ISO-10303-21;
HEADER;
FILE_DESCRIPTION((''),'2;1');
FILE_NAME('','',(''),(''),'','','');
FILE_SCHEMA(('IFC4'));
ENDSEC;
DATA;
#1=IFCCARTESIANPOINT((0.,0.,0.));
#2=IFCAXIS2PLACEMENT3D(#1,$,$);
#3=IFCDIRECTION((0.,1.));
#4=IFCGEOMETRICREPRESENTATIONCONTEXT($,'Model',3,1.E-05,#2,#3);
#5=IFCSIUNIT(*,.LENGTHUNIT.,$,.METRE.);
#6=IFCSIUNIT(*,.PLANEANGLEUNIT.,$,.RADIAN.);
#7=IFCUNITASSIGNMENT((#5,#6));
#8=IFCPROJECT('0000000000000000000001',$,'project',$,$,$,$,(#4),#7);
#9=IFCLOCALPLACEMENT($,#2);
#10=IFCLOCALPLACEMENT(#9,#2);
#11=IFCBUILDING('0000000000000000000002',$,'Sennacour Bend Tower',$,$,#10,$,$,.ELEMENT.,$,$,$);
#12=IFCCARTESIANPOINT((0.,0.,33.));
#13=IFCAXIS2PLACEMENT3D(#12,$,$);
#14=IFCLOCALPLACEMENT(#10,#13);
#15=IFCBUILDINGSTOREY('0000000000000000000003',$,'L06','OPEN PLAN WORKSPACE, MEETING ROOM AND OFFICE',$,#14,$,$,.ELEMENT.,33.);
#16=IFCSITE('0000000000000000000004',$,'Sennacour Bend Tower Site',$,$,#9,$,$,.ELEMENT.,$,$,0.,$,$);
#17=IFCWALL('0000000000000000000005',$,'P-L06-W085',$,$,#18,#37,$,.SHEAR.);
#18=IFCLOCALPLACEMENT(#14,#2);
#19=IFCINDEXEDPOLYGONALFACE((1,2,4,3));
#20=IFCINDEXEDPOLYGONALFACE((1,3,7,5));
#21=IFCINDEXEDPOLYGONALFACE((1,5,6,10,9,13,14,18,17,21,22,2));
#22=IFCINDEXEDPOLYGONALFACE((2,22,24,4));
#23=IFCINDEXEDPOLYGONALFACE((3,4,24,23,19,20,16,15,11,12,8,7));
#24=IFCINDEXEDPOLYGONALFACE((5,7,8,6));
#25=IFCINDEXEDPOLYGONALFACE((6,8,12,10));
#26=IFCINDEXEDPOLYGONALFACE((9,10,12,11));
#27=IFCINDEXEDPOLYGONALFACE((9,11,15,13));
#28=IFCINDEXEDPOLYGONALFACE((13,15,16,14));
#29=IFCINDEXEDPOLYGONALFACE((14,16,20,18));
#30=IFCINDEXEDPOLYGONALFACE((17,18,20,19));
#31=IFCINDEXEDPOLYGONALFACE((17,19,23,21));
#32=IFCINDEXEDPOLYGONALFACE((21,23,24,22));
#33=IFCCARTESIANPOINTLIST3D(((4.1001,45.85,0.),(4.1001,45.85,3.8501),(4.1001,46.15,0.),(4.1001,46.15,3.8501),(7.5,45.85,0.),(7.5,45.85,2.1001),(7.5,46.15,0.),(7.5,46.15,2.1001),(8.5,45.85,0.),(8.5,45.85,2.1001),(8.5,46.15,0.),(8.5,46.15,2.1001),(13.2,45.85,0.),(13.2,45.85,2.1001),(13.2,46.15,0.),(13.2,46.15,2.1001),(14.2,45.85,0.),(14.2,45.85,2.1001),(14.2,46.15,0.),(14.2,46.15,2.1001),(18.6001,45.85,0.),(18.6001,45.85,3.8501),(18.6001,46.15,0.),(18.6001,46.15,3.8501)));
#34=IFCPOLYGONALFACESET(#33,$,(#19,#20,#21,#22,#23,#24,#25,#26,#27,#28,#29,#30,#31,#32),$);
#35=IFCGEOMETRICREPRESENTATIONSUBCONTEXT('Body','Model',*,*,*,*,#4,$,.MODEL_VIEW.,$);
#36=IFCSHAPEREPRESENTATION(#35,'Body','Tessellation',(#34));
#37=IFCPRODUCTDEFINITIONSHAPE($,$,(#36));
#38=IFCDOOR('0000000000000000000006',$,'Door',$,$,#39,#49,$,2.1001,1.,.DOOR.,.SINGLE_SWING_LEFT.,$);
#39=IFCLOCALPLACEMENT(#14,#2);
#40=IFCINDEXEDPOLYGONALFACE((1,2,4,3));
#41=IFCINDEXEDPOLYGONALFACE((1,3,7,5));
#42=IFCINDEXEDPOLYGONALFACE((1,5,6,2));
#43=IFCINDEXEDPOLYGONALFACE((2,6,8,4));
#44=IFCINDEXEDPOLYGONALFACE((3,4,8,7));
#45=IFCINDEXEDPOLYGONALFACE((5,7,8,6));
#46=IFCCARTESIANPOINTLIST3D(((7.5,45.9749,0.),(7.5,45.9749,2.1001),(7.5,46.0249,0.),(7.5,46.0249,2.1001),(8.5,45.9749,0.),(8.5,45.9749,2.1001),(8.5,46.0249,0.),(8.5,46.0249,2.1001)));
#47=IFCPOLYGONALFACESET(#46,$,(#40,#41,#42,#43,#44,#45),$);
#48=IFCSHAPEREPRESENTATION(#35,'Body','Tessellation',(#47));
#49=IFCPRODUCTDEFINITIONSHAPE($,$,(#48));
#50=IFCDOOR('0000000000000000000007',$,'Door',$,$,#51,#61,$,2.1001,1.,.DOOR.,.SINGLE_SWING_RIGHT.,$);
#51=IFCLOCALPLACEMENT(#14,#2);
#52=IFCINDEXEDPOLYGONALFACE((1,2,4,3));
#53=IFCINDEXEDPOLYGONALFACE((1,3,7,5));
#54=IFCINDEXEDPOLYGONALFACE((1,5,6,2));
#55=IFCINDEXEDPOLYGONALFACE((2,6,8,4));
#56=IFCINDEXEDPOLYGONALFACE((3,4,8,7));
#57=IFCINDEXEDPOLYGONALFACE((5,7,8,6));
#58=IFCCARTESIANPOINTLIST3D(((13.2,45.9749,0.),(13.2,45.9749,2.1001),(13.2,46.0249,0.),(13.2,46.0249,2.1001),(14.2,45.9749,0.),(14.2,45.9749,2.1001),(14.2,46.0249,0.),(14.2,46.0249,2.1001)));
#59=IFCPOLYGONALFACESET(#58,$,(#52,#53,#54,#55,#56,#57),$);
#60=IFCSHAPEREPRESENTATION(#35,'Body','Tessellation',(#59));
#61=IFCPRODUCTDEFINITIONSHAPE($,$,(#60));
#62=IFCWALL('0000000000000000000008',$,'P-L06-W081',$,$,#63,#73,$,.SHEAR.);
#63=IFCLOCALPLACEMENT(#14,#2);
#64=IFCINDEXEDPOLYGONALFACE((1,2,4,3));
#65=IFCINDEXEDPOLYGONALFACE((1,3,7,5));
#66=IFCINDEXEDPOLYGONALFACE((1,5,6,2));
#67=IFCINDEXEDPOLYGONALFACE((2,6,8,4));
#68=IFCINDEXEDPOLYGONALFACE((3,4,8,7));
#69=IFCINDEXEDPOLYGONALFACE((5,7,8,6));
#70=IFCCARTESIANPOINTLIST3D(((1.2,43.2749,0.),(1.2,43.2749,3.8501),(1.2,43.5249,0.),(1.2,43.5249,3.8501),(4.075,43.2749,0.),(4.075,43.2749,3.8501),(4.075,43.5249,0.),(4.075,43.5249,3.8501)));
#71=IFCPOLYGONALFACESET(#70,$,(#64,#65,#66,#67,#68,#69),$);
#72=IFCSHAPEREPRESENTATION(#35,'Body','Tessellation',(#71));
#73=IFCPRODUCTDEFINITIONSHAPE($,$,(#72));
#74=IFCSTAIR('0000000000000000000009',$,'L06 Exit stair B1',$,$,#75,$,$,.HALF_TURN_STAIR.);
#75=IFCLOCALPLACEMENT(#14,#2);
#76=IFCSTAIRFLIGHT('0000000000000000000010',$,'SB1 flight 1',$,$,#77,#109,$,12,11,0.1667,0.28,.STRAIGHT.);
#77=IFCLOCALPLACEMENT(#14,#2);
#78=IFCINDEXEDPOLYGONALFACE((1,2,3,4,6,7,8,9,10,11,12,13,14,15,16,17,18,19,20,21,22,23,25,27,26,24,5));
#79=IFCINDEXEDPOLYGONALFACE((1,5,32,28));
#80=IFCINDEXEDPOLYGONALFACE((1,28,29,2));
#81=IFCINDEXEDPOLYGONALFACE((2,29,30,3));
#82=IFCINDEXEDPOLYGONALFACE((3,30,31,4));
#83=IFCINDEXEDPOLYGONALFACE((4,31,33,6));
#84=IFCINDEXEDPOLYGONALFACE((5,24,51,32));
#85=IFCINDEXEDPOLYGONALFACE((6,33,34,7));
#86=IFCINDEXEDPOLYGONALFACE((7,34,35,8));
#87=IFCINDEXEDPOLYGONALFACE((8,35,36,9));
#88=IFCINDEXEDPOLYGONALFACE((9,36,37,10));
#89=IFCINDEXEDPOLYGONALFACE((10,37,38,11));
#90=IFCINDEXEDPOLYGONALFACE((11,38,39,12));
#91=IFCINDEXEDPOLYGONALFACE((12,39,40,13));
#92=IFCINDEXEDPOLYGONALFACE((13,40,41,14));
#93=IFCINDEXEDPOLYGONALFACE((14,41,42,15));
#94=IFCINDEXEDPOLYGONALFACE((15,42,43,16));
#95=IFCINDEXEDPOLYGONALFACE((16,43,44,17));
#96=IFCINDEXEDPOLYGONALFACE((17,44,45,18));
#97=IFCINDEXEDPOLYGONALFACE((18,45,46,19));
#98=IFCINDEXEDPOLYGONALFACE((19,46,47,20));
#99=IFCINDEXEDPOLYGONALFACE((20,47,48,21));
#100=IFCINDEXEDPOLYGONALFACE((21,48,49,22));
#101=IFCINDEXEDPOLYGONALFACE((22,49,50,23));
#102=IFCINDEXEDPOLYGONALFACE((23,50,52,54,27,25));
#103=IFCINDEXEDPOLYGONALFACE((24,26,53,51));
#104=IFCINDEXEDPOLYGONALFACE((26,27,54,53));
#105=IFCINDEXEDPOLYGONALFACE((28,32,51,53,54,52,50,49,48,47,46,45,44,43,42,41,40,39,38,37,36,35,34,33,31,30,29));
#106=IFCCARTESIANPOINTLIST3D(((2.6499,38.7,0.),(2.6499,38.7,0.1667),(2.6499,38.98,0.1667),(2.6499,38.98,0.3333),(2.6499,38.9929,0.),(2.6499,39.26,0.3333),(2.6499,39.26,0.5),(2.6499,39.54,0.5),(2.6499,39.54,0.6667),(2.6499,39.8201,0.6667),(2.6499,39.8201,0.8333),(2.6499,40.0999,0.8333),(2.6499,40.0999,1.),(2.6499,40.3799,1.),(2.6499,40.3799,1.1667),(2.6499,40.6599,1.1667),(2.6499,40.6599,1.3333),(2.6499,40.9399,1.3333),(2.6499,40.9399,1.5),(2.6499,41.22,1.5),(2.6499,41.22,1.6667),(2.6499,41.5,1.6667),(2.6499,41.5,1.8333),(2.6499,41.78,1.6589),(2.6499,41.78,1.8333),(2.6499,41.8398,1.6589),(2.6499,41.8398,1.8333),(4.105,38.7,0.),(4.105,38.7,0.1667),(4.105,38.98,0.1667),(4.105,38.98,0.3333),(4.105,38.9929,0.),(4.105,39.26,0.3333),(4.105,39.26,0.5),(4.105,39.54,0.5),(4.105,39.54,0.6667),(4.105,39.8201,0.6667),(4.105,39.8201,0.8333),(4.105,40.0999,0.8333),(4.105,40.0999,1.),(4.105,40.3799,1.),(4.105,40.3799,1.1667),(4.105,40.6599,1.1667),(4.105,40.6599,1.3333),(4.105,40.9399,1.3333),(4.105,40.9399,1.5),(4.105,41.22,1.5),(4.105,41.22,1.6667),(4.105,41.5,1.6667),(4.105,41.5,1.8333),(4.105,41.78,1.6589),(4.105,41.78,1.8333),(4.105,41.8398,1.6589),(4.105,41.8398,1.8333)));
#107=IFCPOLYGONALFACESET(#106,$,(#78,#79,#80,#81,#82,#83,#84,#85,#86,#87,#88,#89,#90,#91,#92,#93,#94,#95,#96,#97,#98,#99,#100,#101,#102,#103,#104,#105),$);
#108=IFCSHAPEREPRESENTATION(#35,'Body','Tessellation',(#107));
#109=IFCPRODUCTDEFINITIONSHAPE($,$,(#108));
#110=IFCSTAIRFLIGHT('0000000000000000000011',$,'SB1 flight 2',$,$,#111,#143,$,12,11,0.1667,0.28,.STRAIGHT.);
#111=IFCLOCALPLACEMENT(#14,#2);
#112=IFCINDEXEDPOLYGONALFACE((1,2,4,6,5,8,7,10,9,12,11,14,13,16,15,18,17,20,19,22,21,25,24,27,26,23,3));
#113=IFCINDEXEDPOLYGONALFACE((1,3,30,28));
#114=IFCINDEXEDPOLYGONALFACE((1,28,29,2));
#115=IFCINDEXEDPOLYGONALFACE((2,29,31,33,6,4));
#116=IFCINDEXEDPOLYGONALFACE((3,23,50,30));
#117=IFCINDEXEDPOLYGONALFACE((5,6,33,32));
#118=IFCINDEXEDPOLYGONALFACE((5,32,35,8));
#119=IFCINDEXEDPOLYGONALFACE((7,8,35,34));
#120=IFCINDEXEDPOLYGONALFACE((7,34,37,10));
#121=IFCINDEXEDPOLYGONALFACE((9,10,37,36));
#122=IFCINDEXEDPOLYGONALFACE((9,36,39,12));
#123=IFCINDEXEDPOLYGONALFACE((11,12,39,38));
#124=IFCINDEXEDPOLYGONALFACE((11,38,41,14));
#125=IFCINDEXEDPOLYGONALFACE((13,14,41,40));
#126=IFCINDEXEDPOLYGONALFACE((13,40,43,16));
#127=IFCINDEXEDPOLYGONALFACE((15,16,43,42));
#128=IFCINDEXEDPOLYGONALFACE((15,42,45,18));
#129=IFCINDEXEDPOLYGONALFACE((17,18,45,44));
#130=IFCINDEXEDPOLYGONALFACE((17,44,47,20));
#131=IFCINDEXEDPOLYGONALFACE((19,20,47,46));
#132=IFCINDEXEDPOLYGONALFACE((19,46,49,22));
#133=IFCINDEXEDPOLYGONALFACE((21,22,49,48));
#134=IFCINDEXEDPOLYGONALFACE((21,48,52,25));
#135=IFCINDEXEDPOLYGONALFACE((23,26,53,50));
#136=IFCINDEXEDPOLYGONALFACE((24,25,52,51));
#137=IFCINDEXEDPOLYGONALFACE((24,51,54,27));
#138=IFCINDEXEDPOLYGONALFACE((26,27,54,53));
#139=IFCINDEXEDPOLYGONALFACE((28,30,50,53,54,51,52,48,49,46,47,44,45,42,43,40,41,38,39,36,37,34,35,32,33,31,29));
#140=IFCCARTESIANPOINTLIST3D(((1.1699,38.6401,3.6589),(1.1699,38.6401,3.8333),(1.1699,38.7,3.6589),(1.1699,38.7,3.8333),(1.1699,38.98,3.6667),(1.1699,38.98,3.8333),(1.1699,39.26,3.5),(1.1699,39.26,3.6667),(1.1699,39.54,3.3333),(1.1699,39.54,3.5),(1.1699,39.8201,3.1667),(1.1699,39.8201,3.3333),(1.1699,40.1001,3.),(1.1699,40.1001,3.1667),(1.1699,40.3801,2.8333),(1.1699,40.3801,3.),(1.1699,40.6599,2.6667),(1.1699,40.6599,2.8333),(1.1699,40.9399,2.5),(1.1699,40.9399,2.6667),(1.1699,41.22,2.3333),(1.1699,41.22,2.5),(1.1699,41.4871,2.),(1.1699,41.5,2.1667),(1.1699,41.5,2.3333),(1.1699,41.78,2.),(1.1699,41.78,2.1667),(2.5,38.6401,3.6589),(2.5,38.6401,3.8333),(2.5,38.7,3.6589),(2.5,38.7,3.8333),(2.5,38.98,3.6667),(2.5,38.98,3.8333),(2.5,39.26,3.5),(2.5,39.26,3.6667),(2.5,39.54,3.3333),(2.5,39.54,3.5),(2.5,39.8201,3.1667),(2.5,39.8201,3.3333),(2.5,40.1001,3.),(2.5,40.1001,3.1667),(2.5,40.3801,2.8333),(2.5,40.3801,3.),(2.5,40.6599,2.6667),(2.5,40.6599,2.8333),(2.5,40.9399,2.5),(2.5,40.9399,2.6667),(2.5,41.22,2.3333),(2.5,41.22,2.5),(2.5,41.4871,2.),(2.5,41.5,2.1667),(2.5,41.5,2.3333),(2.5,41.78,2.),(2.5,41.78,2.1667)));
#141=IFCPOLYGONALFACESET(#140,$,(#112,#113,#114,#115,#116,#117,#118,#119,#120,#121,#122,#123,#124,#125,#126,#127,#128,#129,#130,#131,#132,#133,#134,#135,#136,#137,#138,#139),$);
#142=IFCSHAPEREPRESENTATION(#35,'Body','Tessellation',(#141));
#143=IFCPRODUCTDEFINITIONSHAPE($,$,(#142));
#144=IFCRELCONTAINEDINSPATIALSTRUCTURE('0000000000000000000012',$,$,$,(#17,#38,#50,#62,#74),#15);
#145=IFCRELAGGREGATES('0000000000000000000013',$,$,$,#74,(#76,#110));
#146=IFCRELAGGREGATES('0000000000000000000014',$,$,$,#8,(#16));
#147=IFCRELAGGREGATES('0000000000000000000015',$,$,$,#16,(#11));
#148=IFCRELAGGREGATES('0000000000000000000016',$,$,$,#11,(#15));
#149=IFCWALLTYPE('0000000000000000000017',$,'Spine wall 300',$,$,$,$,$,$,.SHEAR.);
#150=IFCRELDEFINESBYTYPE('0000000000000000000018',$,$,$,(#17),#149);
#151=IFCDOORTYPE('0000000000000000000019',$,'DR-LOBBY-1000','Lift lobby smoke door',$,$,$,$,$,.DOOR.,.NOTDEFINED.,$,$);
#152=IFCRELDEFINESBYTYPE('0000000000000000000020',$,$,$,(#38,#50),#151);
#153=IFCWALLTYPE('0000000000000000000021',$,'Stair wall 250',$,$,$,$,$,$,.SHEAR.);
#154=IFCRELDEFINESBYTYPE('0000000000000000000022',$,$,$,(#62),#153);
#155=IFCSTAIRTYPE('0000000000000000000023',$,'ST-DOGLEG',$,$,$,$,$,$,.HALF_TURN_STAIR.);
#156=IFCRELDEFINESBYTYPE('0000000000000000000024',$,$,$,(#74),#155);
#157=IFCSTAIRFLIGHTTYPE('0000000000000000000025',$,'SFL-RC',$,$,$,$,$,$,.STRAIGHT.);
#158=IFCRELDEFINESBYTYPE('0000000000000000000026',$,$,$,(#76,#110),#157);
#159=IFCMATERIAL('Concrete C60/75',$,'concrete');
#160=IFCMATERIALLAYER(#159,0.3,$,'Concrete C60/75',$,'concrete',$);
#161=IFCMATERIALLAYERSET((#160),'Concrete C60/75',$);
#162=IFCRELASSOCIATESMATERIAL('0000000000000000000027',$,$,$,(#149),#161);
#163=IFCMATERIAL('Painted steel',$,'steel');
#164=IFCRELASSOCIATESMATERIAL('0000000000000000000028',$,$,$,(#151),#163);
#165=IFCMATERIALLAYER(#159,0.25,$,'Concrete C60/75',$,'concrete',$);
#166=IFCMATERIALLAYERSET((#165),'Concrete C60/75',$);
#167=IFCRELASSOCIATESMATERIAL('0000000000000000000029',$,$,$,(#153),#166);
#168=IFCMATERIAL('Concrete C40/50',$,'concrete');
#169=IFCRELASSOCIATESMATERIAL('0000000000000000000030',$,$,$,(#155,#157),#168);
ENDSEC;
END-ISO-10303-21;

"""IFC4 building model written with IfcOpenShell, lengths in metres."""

from ifc_helpers import new_model, si_unit, direction, frame, frame_2d, origin, place, context, subcontext, project, spatial, polyline, rectangle, outline, extrude, material, layer, layer_set, type_object, element, fill, aggregate, save


model = new_model("IFC4")

# Units and contexts
model_context = context("Model", 3, precision=1e-05, world=origin(), true_north=direction((0.0, 1.0)))
body_context = subcontext(model_context, "Body", "Model", "MODEL_VIEW")
ifc_project = project(units=[si_unit("LENGTHUNIT", "METRE"), si_unit("PLANEANGLEUNIT", "RADIAN")], contexts=[model_context])

# Site, building, storey
site_placement = place(None, origin())
site = spatial("IfcSite", under=ifc_project, at=site_placement, Name="Sennacour Bend Tower Site", CompositionType="ELEMENT", RefElevation=0.0)
building_placement = place(site_placement, origin())
building = spatial("IfcBuilding", under=site, at=building_placement, Name="Sennacour Bend Tower", CompositionType="ELEMENT")
storey_placement = place(building_placement, frame((0.0, 0.0, 33.0)))
storey = spatial("IfcBuildingStorey", under=building, at=storey_placement, Name="L06", Description="OPEN PLAN WORKSPACE, MEETING ROOM AND OFFICE", CompositionType="ELEMENT", Elevation=33.0)

# Shared definitions
ifc_material_1 = material(Name="Painted steel", Category="steel")

# Wall, openings, doors
ifc_material_2 = material(Name="Concrete C60/75", Category="concrete")
ifc_layer_1 = layer(ifc_material_2, 0.3, Name="Concrete C60/75", Category="concrete")
ifc_layer_set_1 = layer_set([ifc_layer_1], Name="Concrete C60/75")
wall_type_1 = type_object("IfcWallType", Name="Spine wall 300", PredefinedType="SHEAR", material=ifc_layer_set_1)
wall_1_placement = place(storey_placement, frame((4.1001, 46.0, 0.0), z_axis=(0.0, 0.0, 1.0), x_axis=(1.0, 0.0, 0.0)))
wall_1 = element("IfcWall", 1, at=wall_1_placement, inside=storey, type_object=wall_type_1, Name="P-L06-W085", PredefinedType="SHEAR", context=body_context, shape_type="SweptSolid", body=[
    extrude(rectangle(XDim=14.5, YDim=0.3, at=frame_2d((7.25, 0.0))), origin(), (0.0, 0.0, 1.0), 3.8501),
])
opening_1_placement = place(wall_1_placement, frame((3.3999, 0.0, 0.0)))
opening_1 = element("IfcOpeningElement", 2, at=opening_1_placement, cuts=wall_1, PredefinedType="OPENING", context=body_context, shape_type="SweptSolid", body=[
    extrude(rectangle(XDim=1.0, YDim=2.1001, at=frame_2d((0.5, 1.05))), frame((0.0, 0.1602, 0.0), z_axis=(0.0, -1.0, 0.0), x_axis=(1.0, 0.0, 0.0)), (0.0, 0.0, 1.0), 0.3201),
])
opening_2_placement = place(wall_1_placement, frame((9.0999, 0.0, 0.0)))
opening_2 = element("IfcOpeningElement", 3, at=opening_2_placement, cuts=wall_1, PredefinedType="OPENING", context=body_context, shape_type="SweptSolid", body=[
    extrude(rectangle(XDim=1.0, YDim=2.1001, at=frame_2d((0.5, 1.05))), frame((0.0, 0.1602, 0.0), z_axis=(0.0, -1.0, 0.0), x_axis=(1.0, 0.0, 0.0)), (0.0, 0.0, 1.0), 0.3201),
])
door_type_1 = type_object("IfcDoorType", Name="DR-LOBBY-1000", Description="Lift lobby smoke door", OperationType="NOTDEFINED", PredefinedType="DOOR", material=ifc_material_1)
door_1_placement = place(opening_1_placement, origin())
door_1 = element("IfcDoor", 4, at=door_1_placement, inside=storey, type_object=door_type_1, Name="Door", OperationType="SINGLE_SWING_LEFT", OverallHeight=2.1001, OverallWidth=1.0, PredefinedType="DOOR", context=body_context, shape_type="SweptSolid", body=[
    extrude(rectangle(XDim=1.0, YDim=2.1001, at=frame_2d((0.5, 1.05))), frame((0.0, 0.0249, 0.0), z_axis=(0.0, -1.0, 0.0), x_axis=(1.0, 0.0, 0.0)), (0.0, 0.0, 1.0), 0.05),
])
fill(opening_1, door_1)
door_2_placement = place(opening_2_placement, origin())
door_2 = element("IfcDoor", 5, at=door_2_placement, inside=storey, type_object=door_type_1, Name="Door", OperationType="SINGLE_SWING_RIGHT", OverallHeight=2.1001, OverallWidth=1.0, PredefinedType="DOOR", context=body_context, shape_type="SweptSolid", body=[
    extrude(rectangle(XDim=1.0, YDim=2.1001, at=frame_2d((0.5, 1.05))), frame((0.0, 0.0249, 0.0), z_axis=(0.0, -1.0, 0.0), x_axis=(1.0, 0.0, 0.0)), (0.0, 0.0, 1.0), 0.05),
])
fill(opening_2, door_2)

# Wall
ifc_layer_2 = layer(ifc_material_2, 0.25, Name="Concrete C60/75", Category="concrete")
ifc_layer_set_2 = layer_set([ifc_layer_2], Name="Concrete C60/75")
wall_type_2 = type_object("IfcWallType", Name="Stair wall 250", PredefinedType="SHEAR", material=ifc_layer_set_2)
wall_2_placement = place(storey_placement, frame((1.2, 43.3999, 0.0), z_axis=(0.0, 0.0, 1.0), x_axis=(1.0, 0.0, 0.0)))
element("IfcWall", 6, at=wall_2_placement, inside=storey, type_object=wall_type_2, Name="P-L06-W081", PredefinedType="SHEAR", context=body_context, shape_type="SweptSolid", body=[
    extrude(rectangle(XDim=2.875, YDim=0.25, at=frame_2d((1.4375, 0.0))), origin(), (0.0, 0.0, 1.0), 3.8501),
])

# Stair, stair flights
ifc_material_3 = material(Name="Concrete C40/50", Category="concrete")
stair_type = type_object("IfcStairType", Name="ST-DOGLEG", PredefinedType="HALF_TURN_STAIR", material=ifc_material_3)
stair_placement = place(storey_placement, origin())
stair = element("IfcStair", 7, at=stair_placement, inside=storey, type_object=stair_type, Name="L06 Exit stair B1", PredefinedType="HALF_TURN_STAIR")
stair_flight_type = type_object("IfcStairFlightType", Name="SFL-RC", PredefinedType="STRAIGHT", material=ifc_material_3)
stair_flight_1_placement = place(storey_placement, frame((3.3774, 38.7, 0.0), z_axis=(0.0, 0.0, 1.0), x_axis=(0.0, 1.0, 0.0)))
stair_flight_1 = element("IfcStairFlight", 8, at=stair_flight_1_placement, type_object=stair_flight_type, Name="SB1 flight 1", NumberOfRisers=12, NumberOfTreads=11, PredefinedType="STRAIGHT", RiserHeight=0.1667, TreadLength=0.28, context=body_context, shape_type="SweptSolid", body=[
    extrude(outline(polyline([(0.0, 0.0), (0.0, 0.1667), (0.28, 0.1667), (0.28, 0.3333), (0.5601, 0.3333), (0.5601, 0.5), (0.8401, 0.5), (0.8401, 0.6667), (1.1201, 0.6667), (1.1201, 0.8333), (1.3999, 0.8333), (1.3999, 1.0), (1.6799, 1.0), (1.6799, 1.1667), (1.96, 1.1667), (1.96, 1.3333), (2.24, 1.3333), (2.24, 1.5), (2.52, 1.5), (2.52, 1.6667), (2.8, 1.6667), (2.8, 1.8333), (3.0801, 1.8333), (3.1399, 1.8333), (3.1399, 1.6589), (3.0801, 1.6589), (0.293, 0.0), (0.0, 0.0)])), frame((0.0, 0.7275, 0.0), z_axis=(0.0, -1.0, 0.0), x_axis=(1.0, 0.0, 0.0)), (0.0, 0.0, 1.0), 1.4551),
])
stair_flight_2_placement = place(storey_placement, frame((1.835, 41.78, 2.0), z_axis=(0.0, 0.0, 1.0), x_axis=(0.0, -1.0, 0.0)))
stair_flight_2 = element("IfcStairFlight", 9, at=stair_flight_2_placement, type_object=stair_flight_type, Name="SB1 flight 2", NumberOfRisers=12, NumberOfTreads=11, PredefinedType="STRAIGHT", RiserHeight=0.1667, TreadLength=0.28, context=body_context, shape_type="SweptSolid", body=[
    extrude(outline(polyline([(0.0, 0.0), (0.0, 0.1667), (0.28, 0.1667), (0.28, 0.3333), (0.5601, 0.3333), (0.5601, 0.5), (0.8401, 0.5), (0.8401, 0.6667), (1.1201, 0.6667), (1.1201, 0.8333), (1.3999, 0.8333), (1.3999, 1.0), (1.6799, 1.0), (1.6799, 1.1667), (1.96, 1.1667), (1.96, 1.3333), (2.24, 1.3333), (2.24, 1.5), (2.52, 1.5), (2.52, 1.6667), (2.8, 1.6667), (2.8, 1.8333), (3.0801, 1.8333), (3.1399, 1.8333), (3.1399, 1.6589), (3.0801, 1.6589), (0.293, 0.0), (0.0, 0.0)])), frame((0.0, 0.665, 0.0), z_axis=(0.0, -1.0, 0.0), x_axis=(1.0, 0.0, 0.0)), (0.0, 0.0, 1.0), 1.3301),
])
aggregate(stair, [stair_flight_1, stair_flight_2])

save(model, "model.ifc")
